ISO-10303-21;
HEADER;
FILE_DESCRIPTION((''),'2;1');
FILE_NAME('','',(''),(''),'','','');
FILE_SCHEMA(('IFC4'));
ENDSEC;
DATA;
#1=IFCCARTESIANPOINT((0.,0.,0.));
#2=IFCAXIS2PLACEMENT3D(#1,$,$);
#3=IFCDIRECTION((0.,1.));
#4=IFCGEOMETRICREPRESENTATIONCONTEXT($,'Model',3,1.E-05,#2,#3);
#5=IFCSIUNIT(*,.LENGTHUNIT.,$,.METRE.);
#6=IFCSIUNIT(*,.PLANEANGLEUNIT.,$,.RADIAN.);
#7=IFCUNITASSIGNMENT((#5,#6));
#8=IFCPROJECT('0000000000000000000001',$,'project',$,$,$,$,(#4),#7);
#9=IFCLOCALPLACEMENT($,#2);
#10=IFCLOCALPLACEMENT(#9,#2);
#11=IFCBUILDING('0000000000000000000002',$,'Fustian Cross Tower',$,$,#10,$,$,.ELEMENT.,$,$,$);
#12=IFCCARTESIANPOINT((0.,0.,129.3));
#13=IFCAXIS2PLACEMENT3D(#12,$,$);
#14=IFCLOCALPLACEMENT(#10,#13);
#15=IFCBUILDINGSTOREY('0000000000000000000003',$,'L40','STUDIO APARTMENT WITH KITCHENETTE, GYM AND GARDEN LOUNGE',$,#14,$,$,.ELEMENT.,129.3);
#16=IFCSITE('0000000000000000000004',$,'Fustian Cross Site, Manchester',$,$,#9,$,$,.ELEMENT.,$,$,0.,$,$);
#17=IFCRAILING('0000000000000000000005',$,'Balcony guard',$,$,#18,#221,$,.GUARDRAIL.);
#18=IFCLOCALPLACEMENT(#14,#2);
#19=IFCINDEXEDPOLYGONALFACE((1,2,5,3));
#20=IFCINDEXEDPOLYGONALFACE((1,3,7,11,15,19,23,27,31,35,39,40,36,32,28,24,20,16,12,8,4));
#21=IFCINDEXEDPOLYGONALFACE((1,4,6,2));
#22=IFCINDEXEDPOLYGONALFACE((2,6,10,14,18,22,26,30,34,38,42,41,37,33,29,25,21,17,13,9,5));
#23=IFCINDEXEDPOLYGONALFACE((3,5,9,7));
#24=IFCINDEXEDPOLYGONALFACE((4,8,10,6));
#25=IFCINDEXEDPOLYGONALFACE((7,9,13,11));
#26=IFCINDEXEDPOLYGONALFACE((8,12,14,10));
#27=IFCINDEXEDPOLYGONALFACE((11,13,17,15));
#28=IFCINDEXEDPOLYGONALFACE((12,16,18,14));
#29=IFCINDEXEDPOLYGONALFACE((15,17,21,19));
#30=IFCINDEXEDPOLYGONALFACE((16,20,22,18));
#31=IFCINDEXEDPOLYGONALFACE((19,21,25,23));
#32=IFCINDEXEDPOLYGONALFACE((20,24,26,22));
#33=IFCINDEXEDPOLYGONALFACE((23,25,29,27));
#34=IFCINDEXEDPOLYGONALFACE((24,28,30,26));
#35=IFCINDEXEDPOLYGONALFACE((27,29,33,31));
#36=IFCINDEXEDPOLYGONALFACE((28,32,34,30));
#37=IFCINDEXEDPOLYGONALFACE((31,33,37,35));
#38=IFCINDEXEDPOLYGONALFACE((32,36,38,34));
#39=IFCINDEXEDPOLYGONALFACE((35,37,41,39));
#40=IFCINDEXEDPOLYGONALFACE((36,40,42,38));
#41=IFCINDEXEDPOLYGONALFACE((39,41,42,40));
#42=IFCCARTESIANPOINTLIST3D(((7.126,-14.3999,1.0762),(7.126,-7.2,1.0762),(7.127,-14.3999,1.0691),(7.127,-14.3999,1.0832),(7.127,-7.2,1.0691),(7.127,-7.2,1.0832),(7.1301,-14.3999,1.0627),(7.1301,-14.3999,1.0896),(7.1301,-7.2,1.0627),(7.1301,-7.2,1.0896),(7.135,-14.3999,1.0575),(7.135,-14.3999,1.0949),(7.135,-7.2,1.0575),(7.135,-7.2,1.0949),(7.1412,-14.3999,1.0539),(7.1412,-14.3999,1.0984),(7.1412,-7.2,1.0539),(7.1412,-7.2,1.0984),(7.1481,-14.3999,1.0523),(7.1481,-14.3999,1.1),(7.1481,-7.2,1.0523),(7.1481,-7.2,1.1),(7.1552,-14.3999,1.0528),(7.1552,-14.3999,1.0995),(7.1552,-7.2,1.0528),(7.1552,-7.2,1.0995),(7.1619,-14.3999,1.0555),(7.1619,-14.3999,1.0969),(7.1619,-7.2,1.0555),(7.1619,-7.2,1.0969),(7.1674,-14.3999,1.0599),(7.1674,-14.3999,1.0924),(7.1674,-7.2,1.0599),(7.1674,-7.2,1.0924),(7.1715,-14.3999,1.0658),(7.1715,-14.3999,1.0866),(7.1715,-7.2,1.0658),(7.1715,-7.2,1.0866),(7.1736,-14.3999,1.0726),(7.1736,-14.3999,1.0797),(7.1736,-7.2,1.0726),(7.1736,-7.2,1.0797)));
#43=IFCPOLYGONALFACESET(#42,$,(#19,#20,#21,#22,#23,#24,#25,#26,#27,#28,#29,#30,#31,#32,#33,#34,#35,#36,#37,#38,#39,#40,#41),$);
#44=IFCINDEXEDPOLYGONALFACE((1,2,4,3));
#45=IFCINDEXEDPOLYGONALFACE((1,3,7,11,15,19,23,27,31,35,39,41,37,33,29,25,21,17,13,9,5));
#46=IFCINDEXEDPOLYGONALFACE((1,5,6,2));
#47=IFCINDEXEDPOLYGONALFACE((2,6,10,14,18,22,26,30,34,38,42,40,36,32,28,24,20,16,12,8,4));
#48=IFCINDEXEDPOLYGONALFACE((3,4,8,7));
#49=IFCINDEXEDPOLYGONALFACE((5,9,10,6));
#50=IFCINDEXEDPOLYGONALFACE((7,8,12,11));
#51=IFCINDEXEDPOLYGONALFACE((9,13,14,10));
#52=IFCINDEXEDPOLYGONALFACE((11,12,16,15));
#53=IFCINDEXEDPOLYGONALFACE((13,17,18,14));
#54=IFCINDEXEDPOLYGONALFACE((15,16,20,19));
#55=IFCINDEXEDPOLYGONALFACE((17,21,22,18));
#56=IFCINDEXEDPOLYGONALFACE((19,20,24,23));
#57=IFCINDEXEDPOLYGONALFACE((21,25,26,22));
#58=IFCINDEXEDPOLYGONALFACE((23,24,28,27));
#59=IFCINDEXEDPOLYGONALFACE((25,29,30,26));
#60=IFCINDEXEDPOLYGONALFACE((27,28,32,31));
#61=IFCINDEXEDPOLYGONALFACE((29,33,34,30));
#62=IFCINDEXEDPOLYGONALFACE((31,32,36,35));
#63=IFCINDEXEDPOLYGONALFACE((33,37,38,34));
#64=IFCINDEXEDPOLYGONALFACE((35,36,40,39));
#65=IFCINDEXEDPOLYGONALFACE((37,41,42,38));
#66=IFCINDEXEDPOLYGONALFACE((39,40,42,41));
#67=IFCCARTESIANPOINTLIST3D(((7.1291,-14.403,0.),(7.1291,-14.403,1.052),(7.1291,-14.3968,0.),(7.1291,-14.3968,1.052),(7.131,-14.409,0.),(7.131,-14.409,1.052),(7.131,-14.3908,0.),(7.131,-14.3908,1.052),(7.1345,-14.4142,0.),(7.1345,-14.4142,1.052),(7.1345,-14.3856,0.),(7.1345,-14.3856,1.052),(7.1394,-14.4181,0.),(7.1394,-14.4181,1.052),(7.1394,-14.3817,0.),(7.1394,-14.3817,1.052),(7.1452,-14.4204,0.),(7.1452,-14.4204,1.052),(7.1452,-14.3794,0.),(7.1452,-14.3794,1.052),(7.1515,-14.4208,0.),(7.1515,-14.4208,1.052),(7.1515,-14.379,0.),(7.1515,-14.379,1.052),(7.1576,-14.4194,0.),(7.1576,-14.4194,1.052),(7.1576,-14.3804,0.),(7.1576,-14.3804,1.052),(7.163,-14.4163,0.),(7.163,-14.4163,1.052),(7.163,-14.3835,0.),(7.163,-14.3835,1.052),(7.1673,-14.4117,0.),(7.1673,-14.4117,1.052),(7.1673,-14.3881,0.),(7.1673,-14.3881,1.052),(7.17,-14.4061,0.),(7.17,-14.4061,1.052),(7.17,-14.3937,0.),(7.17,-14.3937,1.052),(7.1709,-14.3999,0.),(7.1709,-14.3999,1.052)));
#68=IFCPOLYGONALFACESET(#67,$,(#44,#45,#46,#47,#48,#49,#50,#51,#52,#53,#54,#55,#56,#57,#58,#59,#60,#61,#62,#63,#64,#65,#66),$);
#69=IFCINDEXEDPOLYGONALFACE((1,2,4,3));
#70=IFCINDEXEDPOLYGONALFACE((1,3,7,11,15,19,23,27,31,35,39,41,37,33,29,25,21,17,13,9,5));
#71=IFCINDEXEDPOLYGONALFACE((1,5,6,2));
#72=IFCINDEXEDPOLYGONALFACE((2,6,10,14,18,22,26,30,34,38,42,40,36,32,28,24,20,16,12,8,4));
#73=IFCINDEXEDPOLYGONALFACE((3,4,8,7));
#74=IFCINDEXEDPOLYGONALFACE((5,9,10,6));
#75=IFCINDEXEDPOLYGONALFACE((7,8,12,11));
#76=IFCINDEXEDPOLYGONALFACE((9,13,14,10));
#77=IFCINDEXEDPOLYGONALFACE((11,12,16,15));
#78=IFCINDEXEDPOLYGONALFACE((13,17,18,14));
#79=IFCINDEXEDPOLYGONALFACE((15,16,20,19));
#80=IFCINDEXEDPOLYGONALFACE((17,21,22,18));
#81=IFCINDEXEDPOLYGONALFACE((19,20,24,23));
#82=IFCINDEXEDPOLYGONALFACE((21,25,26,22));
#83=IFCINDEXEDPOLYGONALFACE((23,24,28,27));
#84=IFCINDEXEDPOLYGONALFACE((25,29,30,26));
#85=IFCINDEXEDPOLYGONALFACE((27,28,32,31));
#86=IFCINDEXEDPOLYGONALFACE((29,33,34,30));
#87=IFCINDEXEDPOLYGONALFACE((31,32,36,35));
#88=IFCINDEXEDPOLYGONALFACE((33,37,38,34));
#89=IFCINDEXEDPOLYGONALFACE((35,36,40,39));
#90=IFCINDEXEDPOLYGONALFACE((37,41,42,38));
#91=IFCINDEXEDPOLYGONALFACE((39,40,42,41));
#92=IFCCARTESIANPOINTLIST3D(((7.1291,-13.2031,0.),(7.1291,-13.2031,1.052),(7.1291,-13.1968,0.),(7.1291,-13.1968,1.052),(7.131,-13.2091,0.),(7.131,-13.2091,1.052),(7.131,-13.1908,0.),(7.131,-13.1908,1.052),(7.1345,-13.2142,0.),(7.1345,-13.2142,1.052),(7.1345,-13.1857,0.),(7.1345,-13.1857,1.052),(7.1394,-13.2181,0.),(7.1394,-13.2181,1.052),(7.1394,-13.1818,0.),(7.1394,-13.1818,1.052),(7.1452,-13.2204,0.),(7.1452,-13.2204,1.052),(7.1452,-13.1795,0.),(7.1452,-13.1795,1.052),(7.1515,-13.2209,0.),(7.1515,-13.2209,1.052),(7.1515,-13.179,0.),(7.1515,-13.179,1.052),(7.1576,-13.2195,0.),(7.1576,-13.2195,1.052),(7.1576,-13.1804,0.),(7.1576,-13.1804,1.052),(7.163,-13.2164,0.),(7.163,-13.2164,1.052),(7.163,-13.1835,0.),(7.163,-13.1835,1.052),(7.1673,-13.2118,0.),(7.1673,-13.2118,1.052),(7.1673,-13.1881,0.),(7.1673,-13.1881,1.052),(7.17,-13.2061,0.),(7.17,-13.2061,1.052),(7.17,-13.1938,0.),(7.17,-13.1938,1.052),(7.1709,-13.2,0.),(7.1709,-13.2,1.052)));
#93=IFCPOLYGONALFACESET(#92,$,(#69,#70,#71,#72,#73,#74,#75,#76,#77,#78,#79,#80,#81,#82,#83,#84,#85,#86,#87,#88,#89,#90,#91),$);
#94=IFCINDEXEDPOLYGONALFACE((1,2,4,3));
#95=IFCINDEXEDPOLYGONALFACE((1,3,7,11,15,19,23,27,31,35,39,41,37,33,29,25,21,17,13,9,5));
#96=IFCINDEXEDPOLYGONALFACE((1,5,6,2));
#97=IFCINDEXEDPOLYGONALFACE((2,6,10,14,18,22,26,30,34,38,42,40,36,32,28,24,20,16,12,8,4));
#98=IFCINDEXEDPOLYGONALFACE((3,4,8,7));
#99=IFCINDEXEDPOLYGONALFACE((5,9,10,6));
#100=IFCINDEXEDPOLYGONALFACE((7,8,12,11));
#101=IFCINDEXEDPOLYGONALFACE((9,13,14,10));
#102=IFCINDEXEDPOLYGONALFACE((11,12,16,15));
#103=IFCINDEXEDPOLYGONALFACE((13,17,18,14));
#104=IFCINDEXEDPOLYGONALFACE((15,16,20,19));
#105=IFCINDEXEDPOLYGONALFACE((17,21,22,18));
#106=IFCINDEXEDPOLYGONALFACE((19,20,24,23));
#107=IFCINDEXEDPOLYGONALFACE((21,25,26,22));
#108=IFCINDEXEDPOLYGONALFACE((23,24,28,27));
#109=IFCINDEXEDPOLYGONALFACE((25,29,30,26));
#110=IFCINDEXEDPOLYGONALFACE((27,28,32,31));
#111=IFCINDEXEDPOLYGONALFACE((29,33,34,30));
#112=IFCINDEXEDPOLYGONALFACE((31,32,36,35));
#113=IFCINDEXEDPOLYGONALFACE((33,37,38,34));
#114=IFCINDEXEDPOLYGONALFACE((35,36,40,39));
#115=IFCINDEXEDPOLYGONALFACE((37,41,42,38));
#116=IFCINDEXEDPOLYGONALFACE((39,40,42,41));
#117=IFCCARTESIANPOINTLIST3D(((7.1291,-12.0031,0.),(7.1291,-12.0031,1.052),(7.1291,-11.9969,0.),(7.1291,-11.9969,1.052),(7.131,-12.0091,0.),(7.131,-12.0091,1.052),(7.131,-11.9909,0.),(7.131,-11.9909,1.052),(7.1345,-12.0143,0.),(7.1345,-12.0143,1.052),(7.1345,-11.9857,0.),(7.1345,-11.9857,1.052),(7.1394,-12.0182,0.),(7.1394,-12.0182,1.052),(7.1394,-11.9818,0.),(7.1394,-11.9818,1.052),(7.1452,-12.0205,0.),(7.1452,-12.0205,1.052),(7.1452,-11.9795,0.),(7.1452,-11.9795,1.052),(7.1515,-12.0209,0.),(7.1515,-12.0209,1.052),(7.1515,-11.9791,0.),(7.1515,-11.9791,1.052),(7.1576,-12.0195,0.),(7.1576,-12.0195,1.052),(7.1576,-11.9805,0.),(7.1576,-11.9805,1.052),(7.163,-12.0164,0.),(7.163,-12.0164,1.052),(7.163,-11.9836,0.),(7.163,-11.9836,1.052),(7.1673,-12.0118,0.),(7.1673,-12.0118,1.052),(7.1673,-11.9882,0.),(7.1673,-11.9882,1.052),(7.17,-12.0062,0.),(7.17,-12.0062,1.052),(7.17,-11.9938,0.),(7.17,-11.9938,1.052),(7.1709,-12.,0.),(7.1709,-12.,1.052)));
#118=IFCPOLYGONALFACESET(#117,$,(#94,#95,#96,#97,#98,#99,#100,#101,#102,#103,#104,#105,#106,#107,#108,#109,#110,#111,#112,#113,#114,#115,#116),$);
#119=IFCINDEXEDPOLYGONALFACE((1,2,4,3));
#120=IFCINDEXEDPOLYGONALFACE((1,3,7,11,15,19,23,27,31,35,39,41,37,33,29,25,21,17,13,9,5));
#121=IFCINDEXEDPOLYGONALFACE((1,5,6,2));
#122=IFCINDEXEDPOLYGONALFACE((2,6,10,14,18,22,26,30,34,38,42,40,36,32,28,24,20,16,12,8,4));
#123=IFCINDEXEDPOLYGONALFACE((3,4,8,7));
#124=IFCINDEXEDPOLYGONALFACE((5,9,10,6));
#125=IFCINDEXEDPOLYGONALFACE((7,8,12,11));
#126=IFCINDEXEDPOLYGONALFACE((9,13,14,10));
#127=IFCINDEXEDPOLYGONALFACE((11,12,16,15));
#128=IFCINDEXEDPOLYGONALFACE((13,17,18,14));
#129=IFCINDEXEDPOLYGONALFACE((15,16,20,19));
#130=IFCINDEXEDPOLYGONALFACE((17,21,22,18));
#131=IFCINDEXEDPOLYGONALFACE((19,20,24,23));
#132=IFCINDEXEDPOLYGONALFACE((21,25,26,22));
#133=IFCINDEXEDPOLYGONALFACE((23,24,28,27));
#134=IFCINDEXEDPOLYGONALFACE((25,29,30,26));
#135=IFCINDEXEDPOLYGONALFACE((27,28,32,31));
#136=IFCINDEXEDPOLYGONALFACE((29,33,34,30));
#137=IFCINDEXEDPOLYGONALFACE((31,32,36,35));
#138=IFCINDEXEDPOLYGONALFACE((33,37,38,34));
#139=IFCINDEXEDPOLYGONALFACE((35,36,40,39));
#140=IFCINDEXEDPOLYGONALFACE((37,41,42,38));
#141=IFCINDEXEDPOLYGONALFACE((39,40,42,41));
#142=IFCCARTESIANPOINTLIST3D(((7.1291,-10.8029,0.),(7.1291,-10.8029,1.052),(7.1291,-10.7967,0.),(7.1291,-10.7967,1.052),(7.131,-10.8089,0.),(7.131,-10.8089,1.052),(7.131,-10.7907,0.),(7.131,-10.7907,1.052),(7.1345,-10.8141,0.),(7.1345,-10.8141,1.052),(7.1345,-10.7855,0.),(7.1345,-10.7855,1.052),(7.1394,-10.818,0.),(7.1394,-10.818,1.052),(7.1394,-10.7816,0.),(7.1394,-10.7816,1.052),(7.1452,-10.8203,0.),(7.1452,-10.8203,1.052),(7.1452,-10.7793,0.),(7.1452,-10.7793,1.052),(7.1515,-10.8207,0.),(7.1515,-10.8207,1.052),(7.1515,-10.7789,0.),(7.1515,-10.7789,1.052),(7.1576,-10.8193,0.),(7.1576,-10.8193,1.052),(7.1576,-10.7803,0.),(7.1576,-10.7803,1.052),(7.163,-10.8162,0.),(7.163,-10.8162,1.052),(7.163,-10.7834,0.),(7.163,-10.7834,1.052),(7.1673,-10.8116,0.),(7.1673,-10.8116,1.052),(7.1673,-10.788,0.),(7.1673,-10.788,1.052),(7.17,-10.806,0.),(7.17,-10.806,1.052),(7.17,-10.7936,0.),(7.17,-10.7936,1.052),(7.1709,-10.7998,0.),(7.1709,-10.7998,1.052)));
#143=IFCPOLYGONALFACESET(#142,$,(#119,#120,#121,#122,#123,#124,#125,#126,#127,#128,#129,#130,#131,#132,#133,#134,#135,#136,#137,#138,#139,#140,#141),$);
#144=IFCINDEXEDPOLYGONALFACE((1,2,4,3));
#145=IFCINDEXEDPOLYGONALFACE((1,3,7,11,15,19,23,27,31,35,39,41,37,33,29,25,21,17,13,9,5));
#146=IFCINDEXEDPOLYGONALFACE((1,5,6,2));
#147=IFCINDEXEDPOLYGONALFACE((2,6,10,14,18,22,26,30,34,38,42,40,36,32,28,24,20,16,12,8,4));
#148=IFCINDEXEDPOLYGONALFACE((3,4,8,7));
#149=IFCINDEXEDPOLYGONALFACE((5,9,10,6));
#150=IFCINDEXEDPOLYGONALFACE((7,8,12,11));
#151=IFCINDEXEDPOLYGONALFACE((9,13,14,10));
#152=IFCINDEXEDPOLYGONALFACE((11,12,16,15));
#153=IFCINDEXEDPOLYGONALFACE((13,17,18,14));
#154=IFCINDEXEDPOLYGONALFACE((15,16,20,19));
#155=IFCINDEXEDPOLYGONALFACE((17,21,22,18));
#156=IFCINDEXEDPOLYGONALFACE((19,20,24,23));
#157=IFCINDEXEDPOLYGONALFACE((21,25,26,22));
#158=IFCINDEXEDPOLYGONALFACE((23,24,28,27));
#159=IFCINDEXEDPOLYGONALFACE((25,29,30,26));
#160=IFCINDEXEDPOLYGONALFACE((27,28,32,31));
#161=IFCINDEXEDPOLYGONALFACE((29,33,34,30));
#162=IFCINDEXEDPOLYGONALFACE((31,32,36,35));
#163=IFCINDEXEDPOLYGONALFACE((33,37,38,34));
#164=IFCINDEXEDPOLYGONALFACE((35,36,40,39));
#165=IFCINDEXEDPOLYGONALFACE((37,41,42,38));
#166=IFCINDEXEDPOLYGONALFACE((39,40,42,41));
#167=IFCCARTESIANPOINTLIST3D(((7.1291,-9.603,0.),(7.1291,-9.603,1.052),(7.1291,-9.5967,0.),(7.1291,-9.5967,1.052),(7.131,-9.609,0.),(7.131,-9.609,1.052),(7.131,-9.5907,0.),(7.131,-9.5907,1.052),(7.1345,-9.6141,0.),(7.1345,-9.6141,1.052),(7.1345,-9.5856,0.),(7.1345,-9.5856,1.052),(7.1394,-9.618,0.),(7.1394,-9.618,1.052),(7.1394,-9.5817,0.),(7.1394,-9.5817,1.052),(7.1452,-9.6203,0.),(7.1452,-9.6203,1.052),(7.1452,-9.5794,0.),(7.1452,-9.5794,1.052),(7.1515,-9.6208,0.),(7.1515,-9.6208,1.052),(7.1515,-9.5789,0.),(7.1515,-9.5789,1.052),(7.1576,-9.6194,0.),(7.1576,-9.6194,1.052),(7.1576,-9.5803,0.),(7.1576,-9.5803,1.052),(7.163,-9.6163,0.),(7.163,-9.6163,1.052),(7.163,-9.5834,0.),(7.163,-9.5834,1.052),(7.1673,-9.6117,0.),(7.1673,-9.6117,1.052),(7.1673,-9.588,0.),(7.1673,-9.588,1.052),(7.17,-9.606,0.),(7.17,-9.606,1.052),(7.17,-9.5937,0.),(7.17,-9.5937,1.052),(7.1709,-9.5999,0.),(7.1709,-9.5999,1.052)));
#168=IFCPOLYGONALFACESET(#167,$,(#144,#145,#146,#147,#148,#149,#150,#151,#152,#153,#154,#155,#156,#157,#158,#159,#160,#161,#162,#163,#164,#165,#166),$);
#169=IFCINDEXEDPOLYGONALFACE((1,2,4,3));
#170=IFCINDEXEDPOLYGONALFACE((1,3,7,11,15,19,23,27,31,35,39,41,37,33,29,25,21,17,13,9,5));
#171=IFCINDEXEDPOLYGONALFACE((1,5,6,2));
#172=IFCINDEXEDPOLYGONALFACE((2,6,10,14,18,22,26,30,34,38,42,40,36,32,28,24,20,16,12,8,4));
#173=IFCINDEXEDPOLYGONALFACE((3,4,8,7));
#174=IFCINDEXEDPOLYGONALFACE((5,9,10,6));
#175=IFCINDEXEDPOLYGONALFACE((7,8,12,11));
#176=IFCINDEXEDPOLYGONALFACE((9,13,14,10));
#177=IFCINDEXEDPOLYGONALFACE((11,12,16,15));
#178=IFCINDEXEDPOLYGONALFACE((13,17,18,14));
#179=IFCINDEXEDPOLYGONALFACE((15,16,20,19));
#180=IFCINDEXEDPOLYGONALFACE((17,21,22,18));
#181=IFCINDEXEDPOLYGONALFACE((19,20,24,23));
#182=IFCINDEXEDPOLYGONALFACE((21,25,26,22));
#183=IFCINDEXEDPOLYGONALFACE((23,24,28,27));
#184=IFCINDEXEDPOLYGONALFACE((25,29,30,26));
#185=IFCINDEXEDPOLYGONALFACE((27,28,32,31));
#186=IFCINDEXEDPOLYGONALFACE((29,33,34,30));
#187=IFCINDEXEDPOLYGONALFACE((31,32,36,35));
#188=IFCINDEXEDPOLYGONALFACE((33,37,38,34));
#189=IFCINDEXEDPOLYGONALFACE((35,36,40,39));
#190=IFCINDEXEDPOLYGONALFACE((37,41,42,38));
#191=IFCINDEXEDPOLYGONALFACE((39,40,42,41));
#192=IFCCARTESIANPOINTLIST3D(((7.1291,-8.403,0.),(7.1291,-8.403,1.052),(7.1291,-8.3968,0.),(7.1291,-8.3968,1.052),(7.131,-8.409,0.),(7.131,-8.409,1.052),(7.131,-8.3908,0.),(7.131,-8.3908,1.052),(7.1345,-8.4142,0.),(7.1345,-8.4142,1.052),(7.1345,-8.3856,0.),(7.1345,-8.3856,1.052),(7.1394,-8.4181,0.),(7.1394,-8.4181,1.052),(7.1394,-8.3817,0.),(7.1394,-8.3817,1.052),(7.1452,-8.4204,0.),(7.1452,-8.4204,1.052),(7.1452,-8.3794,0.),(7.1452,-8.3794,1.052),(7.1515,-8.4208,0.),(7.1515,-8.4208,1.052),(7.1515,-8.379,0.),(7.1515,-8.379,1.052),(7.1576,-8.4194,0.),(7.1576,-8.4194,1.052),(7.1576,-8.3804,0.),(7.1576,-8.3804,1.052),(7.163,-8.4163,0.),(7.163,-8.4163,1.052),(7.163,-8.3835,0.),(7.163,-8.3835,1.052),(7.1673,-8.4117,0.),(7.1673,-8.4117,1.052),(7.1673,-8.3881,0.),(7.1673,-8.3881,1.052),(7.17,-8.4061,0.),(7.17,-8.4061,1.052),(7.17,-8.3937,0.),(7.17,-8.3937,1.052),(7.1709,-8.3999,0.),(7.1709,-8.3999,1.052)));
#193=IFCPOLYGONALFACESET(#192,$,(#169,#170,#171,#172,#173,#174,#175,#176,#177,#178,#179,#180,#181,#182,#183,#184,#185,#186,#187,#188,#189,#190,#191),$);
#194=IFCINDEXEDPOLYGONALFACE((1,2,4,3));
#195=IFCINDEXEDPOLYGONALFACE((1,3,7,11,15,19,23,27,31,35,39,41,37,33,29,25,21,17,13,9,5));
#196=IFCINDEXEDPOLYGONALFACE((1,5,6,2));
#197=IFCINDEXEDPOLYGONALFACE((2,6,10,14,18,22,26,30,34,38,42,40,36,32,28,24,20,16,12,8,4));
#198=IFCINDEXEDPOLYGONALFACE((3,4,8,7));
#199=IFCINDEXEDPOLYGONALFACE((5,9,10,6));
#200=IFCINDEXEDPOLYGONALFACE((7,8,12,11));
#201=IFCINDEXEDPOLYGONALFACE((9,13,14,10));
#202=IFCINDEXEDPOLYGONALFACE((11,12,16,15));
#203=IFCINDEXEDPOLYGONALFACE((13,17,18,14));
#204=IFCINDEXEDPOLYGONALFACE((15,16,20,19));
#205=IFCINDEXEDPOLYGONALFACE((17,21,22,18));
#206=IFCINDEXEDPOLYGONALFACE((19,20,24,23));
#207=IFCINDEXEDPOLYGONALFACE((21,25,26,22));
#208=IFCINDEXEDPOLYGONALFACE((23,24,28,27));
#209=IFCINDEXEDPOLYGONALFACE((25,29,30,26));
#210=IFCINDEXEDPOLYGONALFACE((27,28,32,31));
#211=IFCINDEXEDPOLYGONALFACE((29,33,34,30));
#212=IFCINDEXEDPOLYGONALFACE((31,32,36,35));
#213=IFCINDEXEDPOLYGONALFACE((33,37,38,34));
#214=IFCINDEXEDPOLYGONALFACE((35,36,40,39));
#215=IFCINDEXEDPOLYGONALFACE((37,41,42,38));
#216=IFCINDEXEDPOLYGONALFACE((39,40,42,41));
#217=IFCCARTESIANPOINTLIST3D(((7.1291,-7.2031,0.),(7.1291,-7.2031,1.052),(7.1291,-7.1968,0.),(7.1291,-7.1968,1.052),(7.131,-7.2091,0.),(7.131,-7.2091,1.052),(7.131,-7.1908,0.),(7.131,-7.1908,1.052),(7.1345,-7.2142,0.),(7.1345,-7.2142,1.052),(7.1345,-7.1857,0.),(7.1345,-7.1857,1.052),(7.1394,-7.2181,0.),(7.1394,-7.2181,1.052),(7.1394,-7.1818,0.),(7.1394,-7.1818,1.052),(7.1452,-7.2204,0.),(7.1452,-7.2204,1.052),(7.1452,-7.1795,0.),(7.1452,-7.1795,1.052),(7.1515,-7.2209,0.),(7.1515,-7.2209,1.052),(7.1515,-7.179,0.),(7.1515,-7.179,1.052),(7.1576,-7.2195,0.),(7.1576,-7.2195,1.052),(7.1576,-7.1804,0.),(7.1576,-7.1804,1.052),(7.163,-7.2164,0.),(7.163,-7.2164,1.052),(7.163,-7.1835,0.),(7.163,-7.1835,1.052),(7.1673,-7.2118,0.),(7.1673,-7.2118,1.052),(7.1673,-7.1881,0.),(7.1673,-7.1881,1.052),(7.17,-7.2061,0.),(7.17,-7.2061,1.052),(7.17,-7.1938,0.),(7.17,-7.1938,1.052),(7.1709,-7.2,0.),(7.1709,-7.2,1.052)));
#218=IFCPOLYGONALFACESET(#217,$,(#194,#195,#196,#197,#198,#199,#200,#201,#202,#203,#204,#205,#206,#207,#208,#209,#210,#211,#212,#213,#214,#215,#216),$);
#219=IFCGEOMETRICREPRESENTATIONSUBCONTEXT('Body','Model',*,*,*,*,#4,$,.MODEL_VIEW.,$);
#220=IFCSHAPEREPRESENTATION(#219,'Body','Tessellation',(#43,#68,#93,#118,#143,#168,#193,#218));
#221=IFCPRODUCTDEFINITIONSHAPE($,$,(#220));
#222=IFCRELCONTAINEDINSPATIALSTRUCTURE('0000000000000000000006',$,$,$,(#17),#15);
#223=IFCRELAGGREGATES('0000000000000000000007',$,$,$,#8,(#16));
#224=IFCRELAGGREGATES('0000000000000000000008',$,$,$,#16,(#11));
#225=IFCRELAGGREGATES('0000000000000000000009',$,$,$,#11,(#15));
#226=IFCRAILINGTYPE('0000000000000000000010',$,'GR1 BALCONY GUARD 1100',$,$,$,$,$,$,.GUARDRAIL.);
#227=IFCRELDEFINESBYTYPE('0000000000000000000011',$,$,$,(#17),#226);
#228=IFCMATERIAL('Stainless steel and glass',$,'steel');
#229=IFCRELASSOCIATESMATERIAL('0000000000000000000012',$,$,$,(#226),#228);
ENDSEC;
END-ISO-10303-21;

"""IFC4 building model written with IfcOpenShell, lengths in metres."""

from ifc_helpers import new_model, si_unit, direction, frame, origin, origin_2d, place, context, subcontext, project, spatial, circle, extrude, material, type_object, element, save


model = new_model("IFC4")

# Units and contexts
model_context = context("Model", 3, precision=1e-05, world=origin(), true_north=direction((0.0, 1.0)))
body_context = subcontext(model_context, "Body", "Model", "MODEL_VIEW")
ifc_project = project(units=[si_unit("LENGTHUNIT", "METRE"), si_unit("PLANEANGLEUNIT", "RADIAN")], contexts=[model_context])

# Site, building, storey
site_placement = place(None, origin())
site = spatial("IfcSite", under=ifc_project, at=site_placement, Name="Fustian Cross Site, Manchester", CompositionType="ELEMENT", RefElevation=0.0)
building_placement = place(site_placement, origin())
building = spatial("IfcBuilding", under=site, at=building_placement, Name="Fustian Cross Tower", CompositionType="ELEMENT")
storey_placement = place(building_placement, frame((0.0, 0.0, 129.3)))
storey = spatial("IfcBuildingStorey", under=building, at=storey_placement, Name="L40", Description="STUDIO APARTMENT WITH KITCHENETTE, GYM AND GARDEN LOUNGE", CompositionType="ELEMENT", Elevation=129.3)

# Railing
ifc_material_1 = material(Name="Stainless steel and glass", Category="steel")
railing_type = type_object("IfcRailingType", Name="GR1 BALCONY GUARD 1100", PredefinedType="GUARDRAIL", material=ifc_material_1)
railing_placement = place(storey_placement, frame((7.1499, -14.3999, 0.0)))
element("IfcRailing", 1, at=railing_placement, inside=storey, type_object=railing_type, Name="Balcony guard", PredefinedType="GUARDRAIL", context=body_context, shape_type="SweptSolid", body=[
    extrude(circle(Radius=0.0239, at=origin_2d()), frame((0.0, 0.0, 1.0762), z_axis=(0.0, 1.0, 0.0), x_axis=(-1.0, 0.0, 0.0)), (0.0, 0.0, 1.0), 7.2),
    extrude(circle(Radius=0.021, at=origin_2d()), origin(), (0.0, 0.0, 1.0), 1.052),
    extrude(circle(Radius=0.021, at=origin_2d()), frame((0.0, 1.2, 0.0)), (0.0, 0.0, 1.0), 1.052),
    extrude(circle(Radius=0.021, at=origin_2d()), frame((0.0, 2.3999, 0.0)), (0.0, 0.0, 1.0), 1.052),
    extrude(circle(Radius=0.021, at=origin_2d()), frame((0.0, 3.6001, 0.0)), (0.0, 0.0, 1.0), 1.052),
    extrude(circle(Radius=0.021, at=origin_2d()), frame((0.0, 4.8, 0.0)), (0.0, 0.0, 1.0), 1.052),
    extrude(circle(Radius=0.021, at=origin_2d()), frame((0.0, 6.0, 0.0)), (0.0, 0.0, 1.0), 1.052),
    extrude(circle(Radius=0.021, at=origin_2d()), frame((0.0, 7.2, 0.0)), (0.0, 0.0, 1.0), 1.052),
])

save(model, "model.ifc")
